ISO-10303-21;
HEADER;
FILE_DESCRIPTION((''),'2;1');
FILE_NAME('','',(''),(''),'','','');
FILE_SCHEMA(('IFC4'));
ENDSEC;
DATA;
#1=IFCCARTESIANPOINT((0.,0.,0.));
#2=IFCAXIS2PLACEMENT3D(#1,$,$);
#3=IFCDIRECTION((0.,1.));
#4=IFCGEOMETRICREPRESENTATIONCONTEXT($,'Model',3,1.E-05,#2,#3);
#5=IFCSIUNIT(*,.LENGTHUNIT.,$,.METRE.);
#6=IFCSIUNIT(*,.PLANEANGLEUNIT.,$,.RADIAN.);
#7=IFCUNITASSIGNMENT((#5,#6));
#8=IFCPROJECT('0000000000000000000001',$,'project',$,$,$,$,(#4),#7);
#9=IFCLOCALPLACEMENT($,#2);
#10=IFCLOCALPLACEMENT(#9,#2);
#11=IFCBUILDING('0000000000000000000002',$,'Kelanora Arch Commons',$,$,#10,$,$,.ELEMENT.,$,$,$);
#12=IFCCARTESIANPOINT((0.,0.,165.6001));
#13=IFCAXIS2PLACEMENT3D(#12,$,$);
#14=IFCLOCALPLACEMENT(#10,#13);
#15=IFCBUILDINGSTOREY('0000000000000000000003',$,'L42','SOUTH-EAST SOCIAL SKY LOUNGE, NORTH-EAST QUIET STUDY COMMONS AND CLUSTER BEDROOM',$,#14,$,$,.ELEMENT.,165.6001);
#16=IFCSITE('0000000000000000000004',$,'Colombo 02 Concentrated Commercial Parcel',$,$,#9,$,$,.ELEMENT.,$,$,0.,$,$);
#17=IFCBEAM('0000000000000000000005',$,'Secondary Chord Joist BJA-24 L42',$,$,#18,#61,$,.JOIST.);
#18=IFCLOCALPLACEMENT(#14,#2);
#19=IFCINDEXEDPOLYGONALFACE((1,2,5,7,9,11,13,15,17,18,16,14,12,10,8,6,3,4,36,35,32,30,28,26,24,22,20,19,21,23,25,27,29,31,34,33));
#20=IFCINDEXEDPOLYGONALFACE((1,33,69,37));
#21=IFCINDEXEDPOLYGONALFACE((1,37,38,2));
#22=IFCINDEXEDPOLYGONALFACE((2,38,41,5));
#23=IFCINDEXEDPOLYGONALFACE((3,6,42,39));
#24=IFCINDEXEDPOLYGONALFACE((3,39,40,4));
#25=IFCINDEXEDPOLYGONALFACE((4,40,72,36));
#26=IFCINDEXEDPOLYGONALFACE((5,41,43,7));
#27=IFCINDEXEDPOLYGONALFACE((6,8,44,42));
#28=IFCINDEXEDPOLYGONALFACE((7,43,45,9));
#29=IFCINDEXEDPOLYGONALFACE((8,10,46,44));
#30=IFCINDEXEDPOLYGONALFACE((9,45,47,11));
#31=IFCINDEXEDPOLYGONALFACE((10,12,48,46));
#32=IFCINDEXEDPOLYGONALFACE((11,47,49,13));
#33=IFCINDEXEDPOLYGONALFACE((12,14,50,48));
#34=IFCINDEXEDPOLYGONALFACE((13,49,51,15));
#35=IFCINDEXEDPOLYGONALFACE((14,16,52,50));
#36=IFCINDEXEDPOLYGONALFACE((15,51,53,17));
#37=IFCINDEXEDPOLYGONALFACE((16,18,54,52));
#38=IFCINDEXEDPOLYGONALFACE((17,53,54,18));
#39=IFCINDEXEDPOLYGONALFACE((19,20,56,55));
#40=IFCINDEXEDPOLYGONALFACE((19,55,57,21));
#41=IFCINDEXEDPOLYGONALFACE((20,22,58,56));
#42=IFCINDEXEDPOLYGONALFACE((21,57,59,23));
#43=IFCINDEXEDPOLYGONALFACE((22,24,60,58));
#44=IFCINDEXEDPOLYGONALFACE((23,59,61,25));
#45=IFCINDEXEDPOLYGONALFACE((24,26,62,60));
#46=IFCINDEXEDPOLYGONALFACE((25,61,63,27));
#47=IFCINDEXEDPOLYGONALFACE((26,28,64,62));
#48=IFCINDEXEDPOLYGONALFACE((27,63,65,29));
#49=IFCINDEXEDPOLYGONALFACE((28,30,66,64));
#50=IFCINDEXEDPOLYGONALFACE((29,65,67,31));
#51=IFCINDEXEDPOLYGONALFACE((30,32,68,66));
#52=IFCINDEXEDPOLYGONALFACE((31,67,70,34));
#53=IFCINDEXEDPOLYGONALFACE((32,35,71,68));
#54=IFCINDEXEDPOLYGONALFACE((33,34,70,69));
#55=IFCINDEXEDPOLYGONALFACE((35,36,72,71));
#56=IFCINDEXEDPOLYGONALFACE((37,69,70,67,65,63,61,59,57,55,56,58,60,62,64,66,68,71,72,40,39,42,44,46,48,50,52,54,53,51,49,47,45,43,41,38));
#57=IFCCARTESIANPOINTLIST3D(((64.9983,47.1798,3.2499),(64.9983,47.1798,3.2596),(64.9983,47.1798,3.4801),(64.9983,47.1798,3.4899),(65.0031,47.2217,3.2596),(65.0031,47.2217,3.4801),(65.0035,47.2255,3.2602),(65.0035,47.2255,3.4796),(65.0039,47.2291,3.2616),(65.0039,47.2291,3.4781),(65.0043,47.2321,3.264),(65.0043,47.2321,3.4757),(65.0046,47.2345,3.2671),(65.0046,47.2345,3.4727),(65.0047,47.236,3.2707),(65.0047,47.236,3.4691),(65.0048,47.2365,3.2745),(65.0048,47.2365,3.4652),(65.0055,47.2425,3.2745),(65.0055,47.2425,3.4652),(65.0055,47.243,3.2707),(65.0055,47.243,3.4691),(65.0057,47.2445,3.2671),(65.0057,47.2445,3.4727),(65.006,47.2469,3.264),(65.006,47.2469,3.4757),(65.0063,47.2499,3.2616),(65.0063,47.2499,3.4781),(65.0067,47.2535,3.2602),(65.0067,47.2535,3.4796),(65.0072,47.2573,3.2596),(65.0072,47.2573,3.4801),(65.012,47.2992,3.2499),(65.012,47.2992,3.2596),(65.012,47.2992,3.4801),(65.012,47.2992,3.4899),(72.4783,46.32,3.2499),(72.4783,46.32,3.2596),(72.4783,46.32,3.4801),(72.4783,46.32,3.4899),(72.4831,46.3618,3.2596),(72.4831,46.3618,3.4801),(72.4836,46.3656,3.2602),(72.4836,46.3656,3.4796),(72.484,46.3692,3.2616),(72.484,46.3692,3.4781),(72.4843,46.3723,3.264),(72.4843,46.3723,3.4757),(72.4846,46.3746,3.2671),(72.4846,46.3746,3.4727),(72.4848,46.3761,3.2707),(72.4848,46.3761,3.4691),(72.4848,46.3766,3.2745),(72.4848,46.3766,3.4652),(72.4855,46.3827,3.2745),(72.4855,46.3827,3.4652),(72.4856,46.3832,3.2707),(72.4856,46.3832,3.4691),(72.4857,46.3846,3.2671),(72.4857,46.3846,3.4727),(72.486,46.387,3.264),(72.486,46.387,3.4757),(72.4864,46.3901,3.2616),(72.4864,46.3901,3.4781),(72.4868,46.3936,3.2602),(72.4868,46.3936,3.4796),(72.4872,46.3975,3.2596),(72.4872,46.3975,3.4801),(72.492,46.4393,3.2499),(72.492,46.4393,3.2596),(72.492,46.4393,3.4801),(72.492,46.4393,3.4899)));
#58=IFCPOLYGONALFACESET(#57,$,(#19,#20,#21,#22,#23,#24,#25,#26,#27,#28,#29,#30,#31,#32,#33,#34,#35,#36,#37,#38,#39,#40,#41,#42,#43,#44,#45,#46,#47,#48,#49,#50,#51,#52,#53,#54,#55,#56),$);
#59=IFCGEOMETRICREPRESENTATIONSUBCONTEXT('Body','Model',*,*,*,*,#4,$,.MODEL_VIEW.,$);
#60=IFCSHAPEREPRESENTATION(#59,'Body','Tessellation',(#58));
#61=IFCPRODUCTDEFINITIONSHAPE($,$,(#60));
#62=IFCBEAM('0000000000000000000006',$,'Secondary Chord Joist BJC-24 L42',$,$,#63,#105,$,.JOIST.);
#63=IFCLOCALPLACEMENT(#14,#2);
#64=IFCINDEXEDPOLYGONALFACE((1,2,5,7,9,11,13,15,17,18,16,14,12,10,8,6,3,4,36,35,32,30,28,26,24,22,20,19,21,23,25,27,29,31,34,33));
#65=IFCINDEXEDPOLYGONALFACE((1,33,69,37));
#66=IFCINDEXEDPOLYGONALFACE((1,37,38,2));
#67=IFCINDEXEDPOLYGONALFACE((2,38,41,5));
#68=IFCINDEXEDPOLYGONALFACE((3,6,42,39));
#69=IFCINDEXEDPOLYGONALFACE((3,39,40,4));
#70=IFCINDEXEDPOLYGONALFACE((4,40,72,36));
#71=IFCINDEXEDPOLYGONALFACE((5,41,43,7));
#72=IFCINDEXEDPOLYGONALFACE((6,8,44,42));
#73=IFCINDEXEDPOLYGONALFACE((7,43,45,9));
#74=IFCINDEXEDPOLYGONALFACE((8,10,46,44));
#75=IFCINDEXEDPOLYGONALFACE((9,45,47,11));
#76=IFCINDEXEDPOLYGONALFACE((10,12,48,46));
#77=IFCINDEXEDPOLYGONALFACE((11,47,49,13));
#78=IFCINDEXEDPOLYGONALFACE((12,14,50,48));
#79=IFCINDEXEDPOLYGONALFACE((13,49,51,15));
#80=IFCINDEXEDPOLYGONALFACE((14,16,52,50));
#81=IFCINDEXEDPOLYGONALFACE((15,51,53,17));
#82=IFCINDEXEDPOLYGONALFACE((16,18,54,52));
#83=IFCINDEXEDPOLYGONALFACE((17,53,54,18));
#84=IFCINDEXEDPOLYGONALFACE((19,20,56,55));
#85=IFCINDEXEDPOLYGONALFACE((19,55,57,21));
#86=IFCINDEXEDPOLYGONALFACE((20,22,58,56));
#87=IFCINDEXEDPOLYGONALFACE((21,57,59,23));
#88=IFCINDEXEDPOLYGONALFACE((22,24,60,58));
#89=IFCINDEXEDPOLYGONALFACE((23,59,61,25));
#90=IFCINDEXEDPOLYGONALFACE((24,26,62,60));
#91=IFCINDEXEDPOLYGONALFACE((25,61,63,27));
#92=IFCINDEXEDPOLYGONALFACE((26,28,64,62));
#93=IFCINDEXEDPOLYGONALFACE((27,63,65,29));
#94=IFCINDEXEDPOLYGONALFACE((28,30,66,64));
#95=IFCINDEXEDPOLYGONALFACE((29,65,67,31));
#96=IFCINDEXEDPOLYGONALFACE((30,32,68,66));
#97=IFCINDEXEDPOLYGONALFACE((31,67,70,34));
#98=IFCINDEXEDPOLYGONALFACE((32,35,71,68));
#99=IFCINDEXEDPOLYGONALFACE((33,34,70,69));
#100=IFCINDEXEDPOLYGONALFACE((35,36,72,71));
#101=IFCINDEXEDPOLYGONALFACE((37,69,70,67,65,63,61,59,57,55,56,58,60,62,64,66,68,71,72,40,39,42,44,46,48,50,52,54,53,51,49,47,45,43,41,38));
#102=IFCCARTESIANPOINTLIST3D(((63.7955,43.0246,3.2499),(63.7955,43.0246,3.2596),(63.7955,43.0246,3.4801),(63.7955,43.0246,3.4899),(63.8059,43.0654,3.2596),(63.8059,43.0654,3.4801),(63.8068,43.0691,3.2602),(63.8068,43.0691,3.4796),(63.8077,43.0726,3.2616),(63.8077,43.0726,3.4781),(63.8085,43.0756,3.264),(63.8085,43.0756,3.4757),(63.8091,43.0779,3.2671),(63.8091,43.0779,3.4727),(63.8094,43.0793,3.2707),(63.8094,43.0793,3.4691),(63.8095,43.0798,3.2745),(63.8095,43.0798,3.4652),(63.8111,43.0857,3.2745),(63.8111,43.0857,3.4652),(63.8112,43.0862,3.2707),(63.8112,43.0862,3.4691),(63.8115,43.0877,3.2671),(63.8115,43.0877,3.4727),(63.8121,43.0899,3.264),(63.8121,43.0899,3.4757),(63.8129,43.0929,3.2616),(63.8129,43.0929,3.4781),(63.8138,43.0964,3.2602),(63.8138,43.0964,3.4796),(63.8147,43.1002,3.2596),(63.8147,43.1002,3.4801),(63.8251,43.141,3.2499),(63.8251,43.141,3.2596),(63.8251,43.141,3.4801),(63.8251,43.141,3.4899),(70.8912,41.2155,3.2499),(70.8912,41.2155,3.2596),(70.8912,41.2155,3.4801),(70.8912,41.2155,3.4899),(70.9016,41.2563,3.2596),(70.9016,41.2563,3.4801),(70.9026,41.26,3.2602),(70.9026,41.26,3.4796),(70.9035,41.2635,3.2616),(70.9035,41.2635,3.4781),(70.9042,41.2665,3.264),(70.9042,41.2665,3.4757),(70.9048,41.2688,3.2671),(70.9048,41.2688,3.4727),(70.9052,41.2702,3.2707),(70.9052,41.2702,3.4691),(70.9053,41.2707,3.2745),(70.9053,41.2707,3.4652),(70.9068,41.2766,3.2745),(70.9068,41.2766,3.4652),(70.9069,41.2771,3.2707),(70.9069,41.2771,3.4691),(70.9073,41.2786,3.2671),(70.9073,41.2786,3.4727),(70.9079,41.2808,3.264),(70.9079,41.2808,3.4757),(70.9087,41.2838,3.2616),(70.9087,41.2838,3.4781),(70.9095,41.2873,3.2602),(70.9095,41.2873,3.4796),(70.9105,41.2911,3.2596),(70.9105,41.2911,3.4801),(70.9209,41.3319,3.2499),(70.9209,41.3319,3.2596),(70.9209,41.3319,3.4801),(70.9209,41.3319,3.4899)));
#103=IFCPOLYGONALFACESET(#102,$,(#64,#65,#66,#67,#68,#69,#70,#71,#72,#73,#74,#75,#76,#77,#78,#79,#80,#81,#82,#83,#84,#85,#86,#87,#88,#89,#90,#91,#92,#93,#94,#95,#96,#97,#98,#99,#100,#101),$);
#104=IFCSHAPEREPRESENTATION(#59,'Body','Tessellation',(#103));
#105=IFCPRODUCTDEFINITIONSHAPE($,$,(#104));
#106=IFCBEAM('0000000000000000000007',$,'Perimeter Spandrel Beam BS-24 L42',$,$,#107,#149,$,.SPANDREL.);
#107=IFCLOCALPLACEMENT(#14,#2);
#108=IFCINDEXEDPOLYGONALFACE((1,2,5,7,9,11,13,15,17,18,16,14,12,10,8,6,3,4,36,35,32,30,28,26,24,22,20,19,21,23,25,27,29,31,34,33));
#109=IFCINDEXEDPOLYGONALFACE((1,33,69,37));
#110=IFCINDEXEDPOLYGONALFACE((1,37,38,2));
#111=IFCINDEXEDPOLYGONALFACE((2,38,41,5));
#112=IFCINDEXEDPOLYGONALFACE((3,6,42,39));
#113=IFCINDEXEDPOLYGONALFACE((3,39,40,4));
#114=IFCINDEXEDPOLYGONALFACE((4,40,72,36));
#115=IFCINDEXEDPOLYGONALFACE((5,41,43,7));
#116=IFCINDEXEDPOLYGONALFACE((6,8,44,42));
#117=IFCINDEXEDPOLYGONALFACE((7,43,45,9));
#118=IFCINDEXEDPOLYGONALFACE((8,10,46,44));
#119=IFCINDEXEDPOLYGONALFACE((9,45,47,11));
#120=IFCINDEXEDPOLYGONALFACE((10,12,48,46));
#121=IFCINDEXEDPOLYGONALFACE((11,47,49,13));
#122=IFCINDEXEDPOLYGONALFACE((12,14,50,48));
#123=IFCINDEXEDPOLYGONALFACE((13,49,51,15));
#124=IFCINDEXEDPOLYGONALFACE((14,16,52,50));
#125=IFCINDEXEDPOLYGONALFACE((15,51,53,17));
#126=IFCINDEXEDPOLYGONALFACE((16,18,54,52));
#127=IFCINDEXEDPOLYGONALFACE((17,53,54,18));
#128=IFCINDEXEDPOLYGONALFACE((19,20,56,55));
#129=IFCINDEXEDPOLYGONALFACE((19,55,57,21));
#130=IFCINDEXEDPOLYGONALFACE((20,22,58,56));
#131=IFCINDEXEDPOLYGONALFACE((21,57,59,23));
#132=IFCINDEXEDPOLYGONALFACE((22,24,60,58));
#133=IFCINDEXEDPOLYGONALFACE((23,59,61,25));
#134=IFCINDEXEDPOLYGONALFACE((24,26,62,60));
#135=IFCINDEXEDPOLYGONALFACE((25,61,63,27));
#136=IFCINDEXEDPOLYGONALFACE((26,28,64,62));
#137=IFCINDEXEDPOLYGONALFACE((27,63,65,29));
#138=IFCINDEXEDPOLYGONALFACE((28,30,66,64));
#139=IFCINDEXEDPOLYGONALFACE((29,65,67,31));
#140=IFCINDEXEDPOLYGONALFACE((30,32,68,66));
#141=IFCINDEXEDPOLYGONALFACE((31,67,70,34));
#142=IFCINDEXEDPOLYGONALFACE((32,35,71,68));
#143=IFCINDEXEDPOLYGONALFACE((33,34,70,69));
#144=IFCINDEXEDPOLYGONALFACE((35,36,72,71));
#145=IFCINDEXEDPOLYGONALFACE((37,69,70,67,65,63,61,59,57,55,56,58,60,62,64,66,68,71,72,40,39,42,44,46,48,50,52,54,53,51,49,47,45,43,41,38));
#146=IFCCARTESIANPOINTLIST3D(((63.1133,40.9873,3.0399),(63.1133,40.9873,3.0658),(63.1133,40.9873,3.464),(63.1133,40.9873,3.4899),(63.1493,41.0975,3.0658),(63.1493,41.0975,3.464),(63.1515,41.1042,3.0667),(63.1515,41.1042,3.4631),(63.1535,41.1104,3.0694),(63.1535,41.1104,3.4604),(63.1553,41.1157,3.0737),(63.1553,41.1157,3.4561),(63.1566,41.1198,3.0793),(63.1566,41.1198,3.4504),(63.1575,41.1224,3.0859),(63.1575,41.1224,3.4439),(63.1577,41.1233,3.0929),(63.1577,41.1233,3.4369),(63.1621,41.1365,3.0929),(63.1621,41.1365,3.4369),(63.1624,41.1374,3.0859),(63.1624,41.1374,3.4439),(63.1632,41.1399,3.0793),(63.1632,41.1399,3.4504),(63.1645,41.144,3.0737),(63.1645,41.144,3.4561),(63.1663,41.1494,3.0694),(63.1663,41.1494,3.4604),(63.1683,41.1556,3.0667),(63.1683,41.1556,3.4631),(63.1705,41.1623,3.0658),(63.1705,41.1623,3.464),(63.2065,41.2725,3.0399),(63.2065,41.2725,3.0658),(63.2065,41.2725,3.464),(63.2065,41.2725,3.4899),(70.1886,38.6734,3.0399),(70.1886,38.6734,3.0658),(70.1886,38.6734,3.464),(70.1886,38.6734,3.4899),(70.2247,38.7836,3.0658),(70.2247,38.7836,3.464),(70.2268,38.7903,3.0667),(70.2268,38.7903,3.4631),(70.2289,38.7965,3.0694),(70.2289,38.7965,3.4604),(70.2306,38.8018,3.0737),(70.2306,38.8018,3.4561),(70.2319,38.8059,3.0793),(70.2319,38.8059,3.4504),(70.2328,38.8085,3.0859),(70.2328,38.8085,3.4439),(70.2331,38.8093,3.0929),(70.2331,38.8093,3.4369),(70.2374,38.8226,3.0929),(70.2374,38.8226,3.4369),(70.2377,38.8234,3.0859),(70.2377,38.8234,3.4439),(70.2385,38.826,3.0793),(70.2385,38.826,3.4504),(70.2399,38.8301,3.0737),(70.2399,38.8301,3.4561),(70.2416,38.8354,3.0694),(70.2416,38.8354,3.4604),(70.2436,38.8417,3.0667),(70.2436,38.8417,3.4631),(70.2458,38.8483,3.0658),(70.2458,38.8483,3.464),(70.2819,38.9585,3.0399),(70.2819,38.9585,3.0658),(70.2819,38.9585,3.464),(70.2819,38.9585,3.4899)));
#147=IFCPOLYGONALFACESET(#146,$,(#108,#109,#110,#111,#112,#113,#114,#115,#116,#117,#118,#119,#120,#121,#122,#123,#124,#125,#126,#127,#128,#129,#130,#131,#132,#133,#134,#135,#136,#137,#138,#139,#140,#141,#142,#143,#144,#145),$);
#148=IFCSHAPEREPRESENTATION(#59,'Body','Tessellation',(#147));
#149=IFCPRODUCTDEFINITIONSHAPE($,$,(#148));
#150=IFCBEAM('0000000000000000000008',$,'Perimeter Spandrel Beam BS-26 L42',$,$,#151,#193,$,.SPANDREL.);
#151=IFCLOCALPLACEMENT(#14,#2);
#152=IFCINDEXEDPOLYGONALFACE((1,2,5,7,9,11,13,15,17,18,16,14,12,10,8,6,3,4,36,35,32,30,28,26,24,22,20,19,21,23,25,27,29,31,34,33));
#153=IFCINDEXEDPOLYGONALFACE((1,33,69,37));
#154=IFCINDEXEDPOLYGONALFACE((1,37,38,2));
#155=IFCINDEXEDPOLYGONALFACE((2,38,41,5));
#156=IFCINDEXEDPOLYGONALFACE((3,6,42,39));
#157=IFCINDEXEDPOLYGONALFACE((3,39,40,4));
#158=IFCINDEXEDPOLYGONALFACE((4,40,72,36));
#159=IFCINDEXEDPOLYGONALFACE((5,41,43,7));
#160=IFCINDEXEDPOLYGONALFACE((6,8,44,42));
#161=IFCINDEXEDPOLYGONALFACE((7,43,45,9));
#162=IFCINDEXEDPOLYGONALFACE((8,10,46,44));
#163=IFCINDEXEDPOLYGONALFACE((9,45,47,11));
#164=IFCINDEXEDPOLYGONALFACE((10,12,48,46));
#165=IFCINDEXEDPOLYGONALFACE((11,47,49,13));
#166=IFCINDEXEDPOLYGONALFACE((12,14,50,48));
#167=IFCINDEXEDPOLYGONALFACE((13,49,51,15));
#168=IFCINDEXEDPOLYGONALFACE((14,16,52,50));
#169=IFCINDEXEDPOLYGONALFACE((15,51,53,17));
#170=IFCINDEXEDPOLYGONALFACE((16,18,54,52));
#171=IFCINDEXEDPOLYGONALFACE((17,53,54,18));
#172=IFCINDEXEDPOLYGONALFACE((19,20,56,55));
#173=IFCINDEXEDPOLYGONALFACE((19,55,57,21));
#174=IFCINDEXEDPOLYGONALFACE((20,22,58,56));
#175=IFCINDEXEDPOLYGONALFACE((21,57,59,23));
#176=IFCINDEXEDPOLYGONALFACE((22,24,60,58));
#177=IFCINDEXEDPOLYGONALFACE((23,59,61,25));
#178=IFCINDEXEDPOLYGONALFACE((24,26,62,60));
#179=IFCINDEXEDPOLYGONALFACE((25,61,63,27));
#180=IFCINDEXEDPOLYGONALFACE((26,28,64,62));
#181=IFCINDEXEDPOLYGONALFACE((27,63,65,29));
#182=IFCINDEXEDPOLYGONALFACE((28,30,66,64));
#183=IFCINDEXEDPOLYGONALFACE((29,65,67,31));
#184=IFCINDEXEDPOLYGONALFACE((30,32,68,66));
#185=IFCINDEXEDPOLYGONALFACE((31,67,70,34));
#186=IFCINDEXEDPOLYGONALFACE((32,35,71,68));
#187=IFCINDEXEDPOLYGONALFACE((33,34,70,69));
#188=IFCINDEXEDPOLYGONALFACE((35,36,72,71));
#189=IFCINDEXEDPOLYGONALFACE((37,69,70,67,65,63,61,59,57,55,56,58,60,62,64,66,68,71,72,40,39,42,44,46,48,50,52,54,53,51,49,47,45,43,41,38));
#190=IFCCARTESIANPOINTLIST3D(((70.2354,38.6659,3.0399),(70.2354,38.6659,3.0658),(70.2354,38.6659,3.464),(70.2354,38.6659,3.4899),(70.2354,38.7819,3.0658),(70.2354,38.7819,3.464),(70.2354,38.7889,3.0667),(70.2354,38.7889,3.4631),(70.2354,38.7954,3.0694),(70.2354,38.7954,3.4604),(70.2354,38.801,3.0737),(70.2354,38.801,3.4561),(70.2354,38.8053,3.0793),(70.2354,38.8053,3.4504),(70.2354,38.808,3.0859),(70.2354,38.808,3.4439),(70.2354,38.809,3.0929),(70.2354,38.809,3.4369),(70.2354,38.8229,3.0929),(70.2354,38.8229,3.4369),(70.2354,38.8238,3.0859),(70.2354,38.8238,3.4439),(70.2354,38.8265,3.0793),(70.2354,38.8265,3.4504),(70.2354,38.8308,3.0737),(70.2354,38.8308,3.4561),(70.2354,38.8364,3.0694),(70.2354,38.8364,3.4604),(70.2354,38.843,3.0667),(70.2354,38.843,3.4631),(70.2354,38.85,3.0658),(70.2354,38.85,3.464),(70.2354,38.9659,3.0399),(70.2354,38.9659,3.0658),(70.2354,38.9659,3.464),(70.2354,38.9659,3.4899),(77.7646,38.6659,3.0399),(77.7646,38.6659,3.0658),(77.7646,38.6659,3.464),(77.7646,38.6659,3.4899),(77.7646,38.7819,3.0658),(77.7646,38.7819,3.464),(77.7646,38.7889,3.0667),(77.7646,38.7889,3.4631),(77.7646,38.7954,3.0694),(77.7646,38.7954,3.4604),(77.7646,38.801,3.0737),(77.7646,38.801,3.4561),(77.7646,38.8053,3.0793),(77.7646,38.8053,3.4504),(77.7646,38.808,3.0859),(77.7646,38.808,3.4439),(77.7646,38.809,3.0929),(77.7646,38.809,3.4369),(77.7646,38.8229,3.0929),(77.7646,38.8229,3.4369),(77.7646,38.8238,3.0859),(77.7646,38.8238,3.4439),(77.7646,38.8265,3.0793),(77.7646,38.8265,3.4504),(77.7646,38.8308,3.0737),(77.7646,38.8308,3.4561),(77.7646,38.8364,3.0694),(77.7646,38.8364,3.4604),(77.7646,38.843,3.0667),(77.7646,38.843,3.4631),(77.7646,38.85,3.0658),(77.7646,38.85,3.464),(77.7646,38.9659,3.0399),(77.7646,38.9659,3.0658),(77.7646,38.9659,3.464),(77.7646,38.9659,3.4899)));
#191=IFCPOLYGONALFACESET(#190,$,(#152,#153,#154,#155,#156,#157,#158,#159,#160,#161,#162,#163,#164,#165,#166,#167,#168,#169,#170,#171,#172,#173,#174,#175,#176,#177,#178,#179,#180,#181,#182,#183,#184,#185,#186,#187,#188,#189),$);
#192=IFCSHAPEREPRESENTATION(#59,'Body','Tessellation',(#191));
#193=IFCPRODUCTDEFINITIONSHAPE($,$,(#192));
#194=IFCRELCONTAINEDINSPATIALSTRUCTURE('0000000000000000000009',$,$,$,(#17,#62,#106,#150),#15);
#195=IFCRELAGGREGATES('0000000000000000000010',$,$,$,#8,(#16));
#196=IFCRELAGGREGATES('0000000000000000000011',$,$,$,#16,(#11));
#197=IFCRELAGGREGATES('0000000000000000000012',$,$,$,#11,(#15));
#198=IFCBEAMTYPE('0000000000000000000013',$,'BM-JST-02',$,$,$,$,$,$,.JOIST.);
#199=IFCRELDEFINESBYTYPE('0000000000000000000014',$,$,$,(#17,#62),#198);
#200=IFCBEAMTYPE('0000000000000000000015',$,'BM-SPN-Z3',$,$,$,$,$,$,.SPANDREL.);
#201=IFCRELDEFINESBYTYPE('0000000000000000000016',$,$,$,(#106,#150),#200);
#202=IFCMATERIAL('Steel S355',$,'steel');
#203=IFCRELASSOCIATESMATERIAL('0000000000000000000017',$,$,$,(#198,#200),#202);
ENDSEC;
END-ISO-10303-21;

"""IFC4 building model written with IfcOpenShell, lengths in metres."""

from ifc_helpers import new_model, si_unit, direction, frame, origin, origin_2d, place, context, subcontext, project, spatial, i_section, extrude, material, material_profile, profile_set, type_object, element, save


model = new_model("IFC4")

# Units and contexts
model_context = context("Model", 3, precision=1e-05, world=origin(), true_north=direction((0.0, 1.0)))
body_context = subcontext(model_context, "Body", "Model", "MODEL_VIEW")
ifc_project = project(units=[si_unit("LENGTHUNIT", "METRE"), si_unit("PLANEANGLEUNIT", "RADIAN")], contexts=[model_context])

# Site, building, storey
site_placement = place(None, origin())
site = spatial("IfcSite", under=ifc_project, at=site_placement, Name="Colombo 02 Concentrated Commercial Parcel", CompositionType="ELEMENT", RefElevation=0.0)
building_placement = place(site_placement, origin())
building = spatial("IfcBuilding", under=site, at=building_placement, Name="Kelanora Arch Commons", CompositionType="ELEMENT")
storey_placement = place(building_placement, frame((0.0, 0.0, 165.6001)))
storey = spatial("IfcBuildingStorey", under=building, at=storey_placement, Name="L42", Description="SOUTH-EAST SOCIAL SKY LOUNGE, NORTH-EAST QUIET STUDY COMMONS AND CLUSTER BEDROOM", CompositionType="ELEMENT", Elevation=165.6001)

# Beams
ifc_material_1 = material(Name="Steel S355", Category="steel")
ifc_material_profile_1 = material_profile(ifc_material_1, i_section(OverallWidth=0.1201, OverallDepth=0.24, WebThickness=0.0061, FlangeThickness=0.0098, FilletRadius=0.0149, at=origin_2d()), Name="IPE240")
ifc_profile_set_1 = profile_set([ifc_material_profile_1], Name="Steel S355")
beam_type_1 = type_object("IfcBeamType", Name="BM-JST-02", PredefinedType="JOIST", material=ifc_profile_set_1)
beam_1_placement = place(storey_placement, frame((65.0051, 47.2395, 3.3699), z_axis=(0.993457, -0.114203, 0.0), x_axis=(0.114203, 0.993457, 0.0)))
element("IfcBeam", 1, at=beam_1_placement, inside=storey, type_object=beam_type_1, Name="Secondary Chord Joist BJA-24 L42", PredefinedType="JOIST", context=body_context, shape_type="SweptSolid", body=[
    extrude(i_section(OverallWidth=0.1201, OverallDepth=0.24, WebThickness=0.0061, FlangeThickness=0.0098, FilletRadius=0.0149, at=origin_2d()), origin(), (0.0, 0.0, 1.0), 7.5293),
])
beam_2_placement = place(storey_placement, frame((63.8103, 43.0828, 3.3699), z_axis=(0.969002, -0.247052, 0.0), x_axis=(0.247052, 0.969002, 0.0)))
element("IfcBeam", 2, at=beam_2_placement, inside=storey, type_object=beam_type_1, Name="Secondary Chord Joist BJC-24 L42", PredefinedType="JOIST", context=body_context, shape_type="SweptSolid", body=[
    extrude(i_section(OverallWidth=0.1201, OverallDepth=0.24, WebThickness=0.0061, FlangeThickness=0.0098, FilletRadius=0.0149, at=origin_2d()), origin(), (0.0, 0.0, 1.0), 7.3228),
])
ifc_material_profile_2 = material_profile(ifc_material_1, i_section(OverallWidth=0.3, OverallDepth=0.45, WebThickness=0.0139, FlangeThickness=0.0259, FilletRadius=0.0271, at=origin_2d()), Name="HEB450")
ifc_profile_set_2 = profile_set([ifc_material_profile_2], Name="Steel S355")
beam_type_2 = type_object("IfcBeamType", Name="BM-SPN-Z3", PredefinedType="SPANDREL", material=ifc_profile_set_2)
beam_3_placement = place(storey_placement, frame((63.1599, 41.1299, 3.2649), z_axis=(0.950462, -0.310841, 0.0), x_axis=(0.310841, 0.950462, 0.0)))
element("IfcBeam", 3, at=beam_3_placement, inside=storey, type_object=beam_type_2, Name="Perimeter Spandrel Beam BS-24 L42", PredefinedType="SPANDREL", context=body_context, shape_type="SweptSolid", body=[
    extrude(i_section(OverallWidth=0.3, OverallDepth=0.45, WebThickness=0.0139, FlangeThickness=0.0259, FilletRadius=0.0271, at=origin_2d()), origin(), (0.0, 0.0, 1.0), 7.4441),
])
beam_4_placement = place(storey_placement, frame((70.2354, 38.8159, 3.2649), z_axis=(1.0, 0.0, 0.0), x_axis=(0.0, 1.0, 0.0)))
element("IfcBeam", 4, at=beam_4_placement, inside=storey, type_object=beam_type_2, Name="Perimeter Spandrel Beam BS-26 L42", PredefinedType="SPANDREL", context=body_context, shape_type="SweptSolid", body=[
    extrude(i_section(OverallWidth=0.3, OverallDepth=0.45, WebThickness=0.0139, FlangeThickness=0.0259, FilletRadius=0.0271, at=origin_2d()), origin(), (0.0, 0.0, 1.0), 7.5293),
])

save(model, "model.ifc")
